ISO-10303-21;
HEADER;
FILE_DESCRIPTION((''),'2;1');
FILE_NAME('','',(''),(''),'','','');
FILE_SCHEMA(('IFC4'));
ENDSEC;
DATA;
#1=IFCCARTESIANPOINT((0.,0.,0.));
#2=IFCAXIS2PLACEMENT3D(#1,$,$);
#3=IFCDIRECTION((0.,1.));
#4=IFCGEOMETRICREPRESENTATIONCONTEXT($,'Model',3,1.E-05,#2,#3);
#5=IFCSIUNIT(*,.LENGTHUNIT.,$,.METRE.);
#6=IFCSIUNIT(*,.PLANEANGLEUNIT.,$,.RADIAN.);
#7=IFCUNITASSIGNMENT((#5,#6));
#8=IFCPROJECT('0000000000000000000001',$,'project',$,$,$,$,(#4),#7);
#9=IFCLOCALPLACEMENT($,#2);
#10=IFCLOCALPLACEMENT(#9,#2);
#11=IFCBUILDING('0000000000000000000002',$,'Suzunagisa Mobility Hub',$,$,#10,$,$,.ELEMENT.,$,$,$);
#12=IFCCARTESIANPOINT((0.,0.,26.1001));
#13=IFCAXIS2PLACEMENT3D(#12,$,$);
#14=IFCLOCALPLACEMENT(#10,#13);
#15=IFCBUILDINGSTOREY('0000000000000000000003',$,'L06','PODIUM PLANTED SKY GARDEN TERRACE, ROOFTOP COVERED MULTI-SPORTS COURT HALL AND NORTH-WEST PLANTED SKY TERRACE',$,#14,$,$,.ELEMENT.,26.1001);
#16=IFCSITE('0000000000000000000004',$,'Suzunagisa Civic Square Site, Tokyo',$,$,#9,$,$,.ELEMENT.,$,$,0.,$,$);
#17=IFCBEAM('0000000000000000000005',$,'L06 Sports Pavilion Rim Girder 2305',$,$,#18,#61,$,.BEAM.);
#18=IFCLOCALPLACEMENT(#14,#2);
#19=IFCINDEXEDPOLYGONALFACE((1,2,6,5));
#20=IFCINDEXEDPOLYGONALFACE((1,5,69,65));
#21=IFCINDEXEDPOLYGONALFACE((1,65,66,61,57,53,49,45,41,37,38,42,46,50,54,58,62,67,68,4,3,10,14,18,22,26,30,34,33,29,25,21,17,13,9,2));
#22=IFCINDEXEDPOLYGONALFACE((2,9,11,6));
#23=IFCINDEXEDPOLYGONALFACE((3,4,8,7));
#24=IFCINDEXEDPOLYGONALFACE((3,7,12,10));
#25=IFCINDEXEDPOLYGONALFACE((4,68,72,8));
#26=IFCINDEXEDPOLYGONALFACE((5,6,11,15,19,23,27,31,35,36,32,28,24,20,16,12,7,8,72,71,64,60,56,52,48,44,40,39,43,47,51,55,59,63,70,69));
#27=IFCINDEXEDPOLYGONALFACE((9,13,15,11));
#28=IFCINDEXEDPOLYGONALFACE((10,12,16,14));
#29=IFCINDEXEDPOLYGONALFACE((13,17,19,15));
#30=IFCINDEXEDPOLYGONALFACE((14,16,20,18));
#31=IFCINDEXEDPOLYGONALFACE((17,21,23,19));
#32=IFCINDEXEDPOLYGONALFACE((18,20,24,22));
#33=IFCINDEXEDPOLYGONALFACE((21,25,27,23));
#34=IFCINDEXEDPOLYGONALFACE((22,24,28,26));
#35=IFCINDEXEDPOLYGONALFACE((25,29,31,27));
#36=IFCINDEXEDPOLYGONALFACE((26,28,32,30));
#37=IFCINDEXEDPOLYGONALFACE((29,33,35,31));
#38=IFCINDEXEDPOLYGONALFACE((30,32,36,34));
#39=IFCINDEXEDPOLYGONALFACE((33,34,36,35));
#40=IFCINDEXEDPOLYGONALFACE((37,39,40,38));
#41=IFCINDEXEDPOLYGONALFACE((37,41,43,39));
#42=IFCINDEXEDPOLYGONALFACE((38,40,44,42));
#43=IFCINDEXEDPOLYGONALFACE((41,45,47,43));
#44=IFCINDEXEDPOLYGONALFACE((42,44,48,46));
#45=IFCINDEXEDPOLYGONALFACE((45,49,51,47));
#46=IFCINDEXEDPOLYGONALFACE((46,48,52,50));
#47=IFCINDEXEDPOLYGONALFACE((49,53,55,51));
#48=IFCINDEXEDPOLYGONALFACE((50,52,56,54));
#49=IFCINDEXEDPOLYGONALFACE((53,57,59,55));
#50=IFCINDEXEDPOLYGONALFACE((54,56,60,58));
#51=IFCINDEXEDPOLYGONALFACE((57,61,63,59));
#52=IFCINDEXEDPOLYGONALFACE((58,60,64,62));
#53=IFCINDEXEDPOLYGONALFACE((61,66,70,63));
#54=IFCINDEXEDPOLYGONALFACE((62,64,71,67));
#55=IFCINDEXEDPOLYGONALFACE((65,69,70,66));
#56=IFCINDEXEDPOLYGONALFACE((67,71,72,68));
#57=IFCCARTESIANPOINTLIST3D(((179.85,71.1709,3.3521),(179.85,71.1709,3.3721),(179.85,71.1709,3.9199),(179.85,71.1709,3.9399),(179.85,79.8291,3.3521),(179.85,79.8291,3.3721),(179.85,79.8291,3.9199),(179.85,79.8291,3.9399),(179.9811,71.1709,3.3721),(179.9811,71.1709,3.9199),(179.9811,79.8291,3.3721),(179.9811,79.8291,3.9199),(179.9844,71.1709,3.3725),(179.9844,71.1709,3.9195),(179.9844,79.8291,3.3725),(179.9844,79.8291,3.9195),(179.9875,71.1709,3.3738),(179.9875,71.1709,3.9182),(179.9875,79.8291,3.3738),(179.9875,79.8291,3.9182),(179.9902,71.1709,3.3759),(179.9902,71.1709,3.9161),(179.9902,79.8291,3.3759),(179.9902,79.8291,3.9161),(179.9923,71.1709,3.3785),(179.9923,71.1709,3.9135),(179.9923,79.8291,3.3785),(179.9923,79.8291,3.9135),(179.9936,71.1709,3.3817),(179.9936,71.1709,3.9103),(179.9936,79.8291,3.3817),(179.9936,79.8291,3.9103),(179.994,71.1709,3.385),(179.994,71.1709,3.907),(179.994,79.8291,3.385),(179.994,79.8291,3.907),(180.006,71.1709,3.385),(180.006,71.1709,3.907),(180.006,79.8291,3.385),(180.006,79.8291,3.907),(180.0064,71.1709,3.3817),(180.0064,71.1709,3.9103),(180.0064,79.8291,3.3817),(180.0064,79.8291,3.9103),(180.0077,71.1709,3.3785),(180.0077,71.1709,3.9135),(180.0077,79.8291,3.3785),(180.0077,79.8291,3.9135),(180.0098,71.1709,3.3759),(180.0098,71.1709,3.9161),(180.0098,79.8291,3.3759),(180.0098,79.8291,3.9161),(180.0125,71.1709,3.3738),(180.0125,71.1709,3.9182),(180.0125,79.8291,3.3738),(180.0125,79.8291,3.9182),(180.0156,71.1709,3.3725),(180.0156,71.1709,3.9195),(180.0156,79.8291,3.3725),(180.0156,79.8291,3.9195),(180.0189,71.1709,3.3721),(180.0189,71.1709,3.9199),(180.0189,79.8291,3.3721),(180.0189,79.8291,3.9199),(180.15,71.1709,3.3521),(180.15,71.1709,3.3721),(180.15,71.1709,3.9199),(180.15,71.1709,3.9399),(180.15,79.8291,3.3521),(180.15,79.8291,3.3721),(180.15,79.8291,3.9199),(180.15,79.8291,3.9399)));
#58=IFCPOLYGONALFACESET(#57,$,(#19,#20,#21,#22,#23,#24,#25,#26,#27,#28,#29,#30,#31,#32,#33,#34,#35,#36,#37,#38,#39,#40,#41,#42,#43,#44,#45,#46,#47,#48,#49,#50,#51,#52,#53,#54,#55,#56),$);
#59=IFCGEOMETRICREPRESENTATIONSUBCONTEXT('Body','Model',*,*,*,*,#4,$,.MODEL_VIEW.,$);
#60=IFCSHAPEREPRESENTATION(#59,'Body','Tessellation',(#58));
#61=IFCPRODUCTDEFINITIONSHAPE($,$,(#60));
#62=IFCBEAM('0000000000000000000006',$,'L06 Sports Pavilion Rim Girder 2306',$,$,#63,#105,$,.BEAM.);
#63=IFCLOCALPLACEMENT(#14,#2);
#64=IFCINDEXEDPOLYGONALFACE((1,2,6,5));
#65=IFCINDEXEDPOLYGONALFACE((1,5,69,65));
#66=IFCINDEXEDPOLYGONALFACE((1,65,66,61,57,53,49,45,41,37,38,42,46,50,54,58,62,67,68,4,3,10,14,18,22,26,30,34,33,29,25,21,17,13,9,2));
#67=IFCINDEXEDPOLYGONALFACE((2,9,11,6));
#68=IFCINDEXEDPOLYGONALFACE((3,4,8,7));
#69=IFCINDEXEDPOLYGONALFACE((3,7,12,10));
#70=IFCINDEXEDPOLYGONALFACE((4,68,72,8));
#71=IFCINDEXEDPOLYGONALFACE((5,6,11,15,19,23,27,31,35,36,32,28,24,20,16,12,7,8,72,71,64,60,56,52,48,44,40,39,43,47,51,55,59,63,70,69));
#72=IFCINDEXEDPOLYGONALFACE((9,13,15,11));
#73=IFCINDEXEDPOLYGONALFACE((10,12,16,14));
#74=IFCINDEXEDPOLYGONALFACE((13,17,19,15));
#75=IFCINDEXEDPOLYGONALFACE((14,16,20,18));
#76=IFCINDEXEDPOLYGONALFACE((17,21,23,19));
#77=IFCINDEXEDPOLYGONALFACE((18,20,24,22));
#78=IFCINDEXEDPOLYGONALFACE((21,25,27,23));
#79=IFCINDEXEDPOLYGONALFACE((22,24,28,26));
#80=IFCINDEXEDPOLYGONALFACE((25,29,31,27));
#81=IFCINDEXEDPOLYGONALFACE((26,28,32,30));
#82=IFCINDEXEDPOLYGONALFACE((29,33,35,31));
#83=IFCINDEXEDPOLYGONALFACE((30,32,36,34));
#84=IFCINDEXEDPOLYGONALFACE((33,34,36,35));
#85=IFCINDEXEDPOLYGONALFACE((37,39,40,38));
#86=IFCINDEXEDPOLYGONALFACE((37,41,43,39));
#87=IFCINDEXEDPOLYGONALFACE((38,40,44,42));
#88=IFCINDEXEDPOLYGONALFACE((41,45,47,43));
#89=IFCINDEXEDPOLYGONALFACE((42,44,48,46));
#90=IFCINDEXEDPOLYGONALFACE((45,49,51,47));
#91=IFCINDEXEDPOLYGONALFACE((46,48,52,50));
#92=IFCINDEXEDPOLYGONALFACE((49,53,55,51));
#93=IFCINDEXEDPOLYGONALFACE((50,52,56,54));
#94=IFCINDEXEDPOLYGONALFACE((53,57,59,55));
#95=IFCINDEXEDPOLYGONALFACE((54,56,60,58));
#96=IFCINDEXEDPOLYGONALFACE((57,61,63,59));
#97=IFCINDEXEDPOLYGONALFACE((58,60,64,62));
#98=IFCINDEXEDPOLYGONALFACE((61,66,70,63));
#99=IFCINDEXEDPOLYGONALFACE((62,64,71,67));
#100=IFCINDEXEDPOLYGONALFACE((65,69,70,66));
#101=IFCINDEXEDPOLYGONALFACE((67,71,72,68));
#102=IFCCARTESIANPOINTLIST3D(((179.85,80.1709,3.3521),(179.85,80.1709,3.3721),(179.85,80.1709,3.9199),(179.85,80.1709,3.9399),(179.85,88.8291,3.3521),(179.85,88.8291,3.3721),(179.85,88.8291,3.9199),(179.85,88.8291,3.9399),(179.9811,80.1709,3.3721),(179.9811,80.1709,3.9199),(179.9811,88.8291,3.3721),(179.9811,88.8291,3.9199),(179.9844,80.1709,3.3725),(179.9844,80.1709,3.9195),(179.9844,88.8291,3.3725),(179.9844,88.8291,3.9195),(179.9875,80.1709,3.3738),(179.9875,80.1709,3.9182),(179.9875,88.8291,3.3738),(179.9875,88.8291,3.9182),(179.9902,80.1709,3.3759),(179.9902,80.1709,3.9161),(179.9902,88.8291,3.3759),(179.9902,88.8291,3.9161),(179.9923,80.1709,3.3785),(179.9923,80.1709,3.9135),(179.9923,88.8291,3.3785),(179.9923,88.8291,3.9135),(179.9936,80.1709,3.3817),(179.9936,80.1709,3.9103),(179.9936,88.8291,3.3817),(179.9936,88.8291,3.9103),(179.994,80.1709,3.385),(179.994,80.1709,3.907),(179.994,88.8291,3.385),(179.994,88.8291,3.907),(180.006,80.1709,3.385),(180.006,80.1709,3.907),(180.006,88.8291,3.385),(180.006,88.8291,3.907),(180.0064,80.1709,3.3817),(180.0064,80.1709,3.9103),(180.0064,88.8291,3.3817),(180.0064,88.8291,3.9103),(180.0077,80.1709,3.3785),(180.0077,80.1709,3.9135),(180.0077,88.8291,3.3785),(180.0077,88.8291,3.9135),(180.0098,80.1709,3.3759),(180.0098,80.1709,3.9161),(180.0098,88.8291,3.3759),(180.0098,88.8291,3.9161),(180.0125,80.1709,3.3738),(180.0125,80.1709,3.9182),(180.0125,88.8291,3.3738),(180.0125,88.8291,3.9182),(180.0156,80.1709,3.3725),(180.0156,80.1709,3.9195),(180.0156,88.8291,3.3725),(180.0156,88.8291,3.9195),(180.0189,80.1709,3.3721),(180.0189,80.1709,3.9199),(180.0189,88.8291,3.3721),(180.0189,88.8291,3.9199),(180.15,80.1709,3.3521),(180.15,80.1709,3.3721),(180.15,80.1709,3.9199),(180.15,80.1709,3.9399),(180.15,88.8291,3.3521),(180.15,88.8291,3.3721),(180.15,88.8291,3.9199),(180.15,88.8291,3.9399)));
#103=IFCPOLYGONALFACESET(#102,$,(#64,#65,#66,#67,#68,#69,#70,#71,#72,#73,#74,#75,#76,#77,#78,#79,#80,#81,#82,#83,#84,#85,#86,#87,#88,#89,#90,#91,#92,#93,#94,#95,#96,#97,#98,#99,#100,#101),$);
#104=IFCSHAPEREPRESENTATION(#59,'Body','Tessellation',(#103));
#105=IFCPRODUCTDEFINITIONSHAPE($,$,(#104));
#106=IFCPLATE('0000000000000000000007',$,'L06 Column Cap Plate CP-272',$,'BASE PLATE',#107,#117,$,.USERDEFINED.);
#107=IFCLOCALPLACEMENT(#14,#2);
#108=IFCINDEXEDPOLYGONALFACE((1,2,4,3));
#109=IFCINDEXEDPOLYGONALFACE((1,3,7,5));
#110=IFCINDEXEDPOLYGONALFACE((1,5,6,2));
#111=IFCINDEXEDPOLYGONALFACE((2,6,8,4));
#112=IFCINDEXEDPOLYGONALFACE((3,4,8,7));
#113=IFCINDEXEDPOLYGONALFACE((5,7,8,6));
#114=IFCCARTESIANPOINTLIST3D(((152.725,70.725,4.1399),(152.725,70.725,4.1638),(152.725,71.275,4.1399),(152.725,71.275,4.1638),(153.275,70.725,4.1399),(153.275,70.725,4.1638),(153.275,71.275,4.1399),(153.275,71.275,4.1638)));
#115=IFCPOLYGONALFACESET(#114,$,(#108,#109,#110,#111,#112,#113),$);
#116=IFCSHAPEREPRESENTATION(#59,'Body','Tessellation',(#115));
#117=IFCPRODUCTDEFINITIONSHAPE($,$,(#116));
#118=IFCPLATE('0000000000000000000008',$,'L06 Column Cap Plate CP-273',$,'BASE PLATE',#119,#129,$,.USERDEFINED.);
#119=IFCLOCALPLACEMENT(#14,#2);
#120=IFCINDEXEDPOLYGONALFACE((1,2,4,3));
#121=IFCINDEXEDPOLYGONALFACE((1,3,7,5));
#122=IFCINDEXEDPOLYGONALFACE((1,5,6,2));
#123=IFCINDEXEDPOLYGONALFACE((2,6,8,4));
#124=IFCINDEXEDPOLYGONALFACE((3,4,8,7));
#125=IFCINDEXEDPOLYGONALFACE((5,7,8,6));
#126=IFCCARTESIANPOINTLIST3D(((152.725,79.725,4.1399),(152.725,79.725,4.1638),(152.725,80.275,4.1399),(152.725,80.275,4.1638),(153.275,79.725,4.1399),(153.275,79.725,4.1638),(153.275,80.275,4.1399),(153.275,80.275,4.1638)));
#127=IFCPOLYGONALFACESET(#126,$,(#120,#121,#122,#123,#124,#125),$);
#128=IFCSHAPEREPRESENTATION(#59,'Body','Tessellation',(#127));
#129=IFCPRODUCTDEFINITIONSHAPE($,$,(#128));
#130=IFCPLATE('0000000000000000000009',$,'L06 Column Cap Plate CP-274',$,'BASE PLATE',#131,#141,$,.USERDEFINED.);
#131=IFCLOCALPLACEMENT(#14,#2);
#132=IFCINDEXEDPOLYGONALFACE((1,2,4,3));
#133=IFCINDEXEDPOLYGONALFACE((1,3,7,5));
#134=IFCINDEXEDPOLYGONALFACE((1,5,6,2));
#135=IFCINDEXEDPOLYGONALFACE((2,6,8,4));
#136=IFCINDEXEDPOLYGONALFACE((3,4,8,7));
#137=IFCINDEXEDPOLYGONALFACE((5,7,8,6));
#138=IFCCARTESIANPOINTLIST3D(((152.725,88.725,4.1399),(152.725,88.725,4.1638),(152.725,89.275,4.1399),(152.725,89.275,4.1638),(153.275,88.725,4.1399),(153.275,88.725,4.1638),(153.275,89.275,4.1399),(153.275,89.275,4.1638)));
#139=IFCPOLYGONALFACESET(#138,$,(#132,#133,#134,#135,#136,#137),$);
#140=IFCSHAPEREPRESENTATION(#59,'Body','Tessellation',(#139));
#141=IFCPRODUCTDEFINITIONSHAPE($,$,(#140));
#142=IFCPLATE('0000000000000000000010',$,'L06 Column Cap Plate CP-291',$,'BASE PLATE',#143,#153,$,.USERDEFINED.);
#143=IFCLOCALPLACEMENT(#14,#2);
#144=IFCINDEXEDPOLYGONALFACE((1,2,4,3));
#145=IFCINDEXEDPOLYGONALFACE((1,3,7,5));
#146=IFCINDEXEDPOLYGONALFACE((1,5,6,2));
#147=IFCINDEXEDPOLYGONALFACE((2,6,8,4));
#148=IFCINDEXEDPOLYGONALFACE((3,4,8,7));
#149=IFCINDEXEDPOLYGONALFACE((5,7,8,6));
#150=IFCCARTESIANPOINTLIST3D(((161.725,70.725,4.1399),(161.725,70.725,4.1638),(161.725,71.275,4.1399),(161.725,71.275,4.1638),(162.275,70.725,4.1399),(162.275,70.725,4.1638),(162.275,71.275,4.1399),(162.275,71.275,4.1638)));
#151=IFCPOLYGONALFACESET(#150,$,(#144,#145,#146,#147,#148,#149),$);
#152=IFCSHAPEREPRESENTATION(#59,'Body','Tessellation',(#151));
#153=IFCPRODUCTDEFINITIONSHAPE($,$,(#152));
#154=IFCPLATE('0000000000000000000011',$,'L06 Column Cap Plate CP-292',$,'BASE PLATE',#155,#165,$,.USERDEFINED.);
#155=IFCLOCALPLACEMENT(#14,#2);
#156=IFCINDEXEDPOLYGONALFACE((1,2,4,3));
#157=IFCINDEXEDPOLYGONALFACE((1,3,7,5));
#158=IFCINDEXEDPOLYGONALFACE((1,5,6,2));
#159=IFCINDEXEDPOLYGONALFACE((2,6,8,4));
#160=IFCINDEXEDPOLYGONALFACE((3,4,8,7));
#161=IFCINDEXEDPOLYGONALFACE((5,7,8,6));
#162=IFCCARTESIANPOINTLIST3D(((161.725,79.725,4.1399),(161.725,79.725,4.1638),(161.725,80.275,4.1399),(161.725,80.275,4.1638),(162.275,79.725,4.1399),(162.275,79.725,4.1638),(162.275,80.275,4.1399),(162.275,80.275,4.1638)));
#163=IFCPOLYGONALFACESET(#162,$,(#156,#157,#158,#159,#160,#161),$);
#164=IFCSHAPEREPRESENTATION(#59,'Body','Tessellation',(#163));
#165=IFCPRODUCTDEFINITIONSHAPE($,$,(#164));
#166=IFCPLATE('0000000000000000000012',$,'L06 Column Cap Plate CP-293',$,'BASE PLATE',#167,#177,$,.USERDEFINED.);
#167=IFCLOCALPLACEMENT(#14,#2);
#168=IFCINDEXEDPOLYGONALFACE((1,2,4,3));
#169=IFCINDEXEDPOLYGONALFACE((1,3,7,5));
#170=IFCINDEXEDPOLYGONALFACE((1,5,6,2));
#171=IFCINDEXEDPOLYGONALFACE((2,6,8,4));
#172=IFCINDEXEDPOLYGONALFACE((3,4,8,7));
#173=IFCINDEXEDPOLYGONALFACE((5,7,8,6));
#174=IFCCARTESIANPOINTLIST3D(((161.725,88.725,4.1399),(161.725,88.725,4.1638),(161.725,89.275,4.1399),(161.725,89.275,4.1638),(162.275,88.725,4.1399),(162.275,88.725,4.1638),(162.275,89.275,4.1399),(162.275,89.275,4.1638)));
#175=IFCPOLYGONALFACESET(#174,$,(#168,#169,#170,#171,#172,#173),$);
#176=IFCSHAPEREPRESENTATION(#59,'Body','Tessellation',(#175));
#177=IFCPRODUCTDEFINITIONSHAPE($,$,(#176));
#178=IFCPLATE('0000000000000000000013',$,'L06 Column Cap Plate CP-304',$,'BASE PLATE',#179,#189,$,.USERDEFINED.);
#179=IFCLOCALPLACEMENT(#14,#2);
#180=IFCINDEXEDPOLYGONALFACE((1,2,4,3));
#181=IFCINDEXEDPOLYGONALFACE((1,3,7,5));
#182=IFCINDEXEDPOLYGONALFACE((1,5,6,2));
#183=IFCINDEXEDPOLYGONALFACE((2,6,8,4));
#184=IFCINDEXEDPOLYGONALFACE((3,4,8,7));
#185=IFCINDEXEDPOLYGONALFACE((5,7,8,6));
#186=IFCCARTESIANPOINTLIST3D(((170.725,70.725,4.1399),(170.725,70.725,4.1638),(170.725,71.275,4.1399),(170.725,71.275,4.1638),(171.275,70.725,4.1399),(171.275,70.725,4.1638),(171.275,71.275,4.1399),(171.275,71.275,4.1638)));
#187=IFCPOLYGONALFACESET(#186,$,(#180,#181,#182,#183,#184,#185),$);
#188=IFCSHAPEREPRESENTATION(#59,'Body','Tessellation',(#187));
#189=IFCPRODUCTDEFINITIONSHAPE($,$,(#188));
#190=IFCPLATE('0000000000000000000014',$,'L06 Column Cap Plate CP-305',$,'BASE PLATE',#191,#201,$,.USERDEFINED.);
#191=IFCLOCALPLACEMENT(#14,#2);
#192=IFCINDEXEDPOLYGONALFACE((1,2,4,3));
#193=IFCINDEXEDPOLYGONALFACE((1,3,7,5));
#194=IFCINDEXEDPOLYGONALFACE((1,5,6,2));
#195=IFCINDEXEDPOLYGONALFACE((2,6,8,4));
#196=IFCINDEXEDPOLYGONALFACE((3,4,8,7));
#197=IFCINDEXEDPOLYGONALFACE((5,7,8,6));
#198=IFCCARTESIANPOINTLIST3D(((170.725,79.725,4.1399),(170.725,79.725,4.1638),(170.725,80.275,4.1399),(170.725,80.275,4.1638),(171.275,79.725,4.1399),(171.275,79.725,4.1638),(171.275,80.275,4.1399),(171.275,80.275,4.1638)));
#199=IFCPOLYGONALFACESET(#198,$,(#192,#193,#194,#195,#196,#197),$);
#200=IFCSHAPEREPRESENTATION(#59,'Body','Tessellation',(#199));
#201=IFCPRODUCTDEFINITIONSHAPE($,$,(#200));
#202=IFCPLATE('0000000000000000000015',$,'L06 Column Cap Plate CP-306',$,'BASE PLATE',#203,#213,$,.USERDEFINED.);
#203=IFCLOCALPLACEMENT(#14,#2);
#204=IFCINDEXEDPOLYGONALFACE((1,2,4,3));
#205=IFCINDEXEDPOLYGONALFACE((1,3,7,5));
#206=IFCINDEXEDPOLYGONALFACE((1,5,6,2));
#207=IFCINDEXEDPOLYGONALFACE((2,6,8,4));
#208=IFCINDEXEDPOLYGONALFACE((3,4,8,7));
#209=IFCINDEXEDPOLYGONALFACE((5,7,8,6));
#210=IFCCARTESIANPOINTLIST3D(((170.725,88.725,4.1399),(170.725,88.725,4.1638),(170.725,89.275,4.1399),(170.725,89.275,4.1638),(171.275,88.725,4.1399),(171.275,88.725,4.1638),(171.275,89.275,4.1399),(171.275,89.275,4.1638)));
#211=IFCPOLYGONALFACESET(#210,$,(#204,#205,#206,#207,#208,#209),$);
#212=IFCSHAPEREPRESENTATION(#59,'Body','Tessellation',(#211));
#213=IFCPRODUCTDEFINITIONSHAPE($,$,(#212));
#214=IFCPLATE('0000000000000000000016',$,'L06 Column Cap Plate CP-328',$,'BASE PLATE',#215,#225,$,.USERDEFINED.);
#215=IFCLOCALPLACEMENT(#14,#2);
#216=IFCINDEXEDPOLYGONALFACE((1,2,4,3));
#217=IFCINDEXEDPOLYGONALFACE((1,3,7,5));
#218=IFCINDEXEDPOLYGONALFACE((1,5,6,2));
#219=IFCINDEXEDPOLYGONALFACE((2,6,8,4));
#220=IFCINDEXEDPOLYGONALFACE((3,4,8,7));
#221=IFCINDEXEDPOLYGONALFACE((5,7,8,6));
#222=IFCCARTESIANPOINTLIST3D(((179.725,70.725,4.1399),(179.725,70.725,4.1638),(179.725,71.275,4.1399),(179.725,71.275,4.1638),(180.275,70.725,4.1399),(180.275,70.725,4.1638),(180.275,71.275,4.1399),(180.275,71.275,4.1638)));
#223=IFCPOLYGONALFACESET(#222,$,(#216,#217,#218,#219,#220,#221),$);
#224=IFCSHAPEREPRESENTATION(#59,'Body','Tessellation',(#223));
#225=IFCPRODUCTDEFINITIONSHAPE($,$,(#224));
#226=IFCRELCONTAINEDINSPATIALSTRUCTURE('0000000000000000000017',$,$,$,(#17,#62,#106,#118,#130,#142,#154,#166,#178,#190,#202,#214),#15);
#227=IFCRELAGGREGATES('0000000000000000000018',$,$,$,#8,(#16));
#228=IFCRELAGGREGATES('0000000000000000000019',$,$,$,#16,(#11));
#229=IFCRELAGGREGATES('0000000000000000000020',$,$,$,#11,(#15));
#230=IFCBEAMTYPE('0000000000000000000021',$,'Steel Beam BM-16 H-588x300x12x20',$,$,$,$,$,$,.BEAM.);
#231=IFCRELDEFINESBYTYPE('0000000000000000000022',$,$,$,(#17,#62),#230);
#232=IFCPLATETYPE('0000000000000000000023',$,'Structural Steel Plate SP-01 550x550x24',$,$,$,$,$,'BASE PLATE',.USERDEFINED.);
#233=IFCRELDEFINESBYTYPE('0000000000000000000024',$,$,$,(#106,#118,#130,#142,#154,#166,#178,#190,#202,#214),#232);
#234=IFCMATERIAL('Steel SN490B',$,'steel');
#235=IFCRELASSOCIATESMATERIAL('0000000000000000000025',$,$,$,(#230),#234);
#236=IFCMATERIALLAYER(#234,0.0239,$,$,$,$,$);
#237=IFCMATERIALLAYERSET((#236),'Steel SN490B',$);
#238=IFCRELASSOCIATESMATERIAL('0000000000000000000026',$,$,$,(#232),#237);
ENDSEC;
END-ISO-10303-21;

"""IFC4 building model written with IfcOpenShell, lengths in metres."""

from ifc_helpers import new_model, si_unit, direction, frame, origin, origin_2d, place, context, subcontext, project, spatial, rectangle, i_section, extrude, material, layer, layer_set, material_profile, profile_set, type_object, element, save


model = new_model("IFC4")

# Units and contexts
model_context = context("Model", 3, precision=1e-05, world=origin(), true_north=direction((0.0, 1.0)))
body_context = subcontext(model_context, "Body", "Model", "MODEL_VIEW")
ifc_project = project(units=[si_unit("LENGTHUNIT", "METRE"), si_unit("PLANEANGLEUNIT", "RADIAN")], contexts=[model_context])

# Site, building, storey
site_placement = place(None, origin())
site = spatial("IfcSite", under=ifc_project, at=site_placement, Name="Suzunagisa Civic Square Site, Tokyo", CompositionType="ELEMENT", RefElevation=0.0)
building_placement = place(site_placement, origin())
building = spatial("IfcBuilding", under=site, at=building_placement, Name="Suzunagisa Mobility Hub", CompositionType="ELEMENT")
storey_placement = place(building_placement, frame((0.0, 0.0, 26.1001)))
storey = spatial("IfcBuildingStorey", under=building, at=storey_placement, Name="L06", Description="PODIUM PLANTED SKY GARDEN TERRACE, ROOFTOP COVERED MULTI-SPORTS COURT HALL AND NORTH-WEST PLANTED SKY TERRACE", CompositionType="ELEMENT", Elevation=26.1001)

# Shared definitions
ifc_material_1 = material(Name="Steel SN490B", Category="steel")

# Beams
ifc_material_profile_1 = material_profile(ifc_material_1, i_section(OverallWidth=0.3, OverallDepth=0.5879, WebThickness=0.012, FlangeThickness=0.02, FilletRadius=0.0129, at=origin_2d()), Name="H-588x300x12x20")
ifc_profile_set_1 = profile_set([ifc_material_profile_1], Name="Steel SN490B")
beam_type = type_object("IfcBeamType", Name="Steel Beam BM-16 H-588x300x12x20", PredefinedType="BEAM", material=ifc_profile_set_1)
for number, where, z_axis, x_axis, name in (
    (1, (180.0, 71.1709, 3.646), (0.0, 1.0, 0.0), (-1.0, 0.0, 0.0), "L06 Sports Pavilion Rim Girder 2305"),
    (2, (180.0, 80.1709, 3.646), (0.0, 1.0, 0.0), (-1.0, 0.0, 0.0), "L06 Sports Pavilion Rim Girder 2306"),
):
    element("IfcBeam", number, at=place(storey_placement, frame(where, z_axis=z_axis, x_axis=x_axis)), inside=storey, type_object=beam_type, Name=name, PredefinedType="BEAM", context=body_context, shape_type="SweptSolid", body=[
        extrude(i_section(OverallWidth=0.3, OverallDepth=0.5879, WebThickness=0.012, FlangeThickness=0.02, FilletRadius=0.0129, at=origin_2d()), origin(), (0.0, 0.0, 1.0), 8.6582),
    ])

# Plates
ifc_layer_1 = layer(ifc_material_1, 0.0239)
ifc_layer_set_1 = layer_set([ifc_layer_1], Name="Steel SN490B")
plate_type = type_object("IfcPlateType", Name="Structural Steel Plate SP-01 550x550x24", ElementType="BASE PLATE", PredefinedType="USERDEFINED", material=ifc_layer_set_1)
for number, where, z_axis, x_axis, name in (
    (3, (153.0, 71.0, 4.1399), (0.0, 0.0, 1.0), (1.0, 0.0, 0.0), "L06 Column Cap Plate CP-272"),
    (4, (153.0, 80.0, 4.1399), (0.0, 0.0, 1.0), (1.0, 0.0, 0.0), "L06 Column Cap Plate CP-273"),
    (5, (153.0, 89.0, 4.1399), (0.0, 0.0, 1.0), (1.0, 0.0, 0.0), "L06 Column Cap Plate CP-274"),
    (6, (162.0, 71.0, 4.1399), (0.0, 0.0, 1.0), (1.0, 0.0, 0.0), "L06 Column Cap Plate CP-291"),
    (7, (162.0, 80.0, 4.1399), (0.0, 0.0, 1.0), (1.0, 0.0, 0.0), "L06 Column Cap Plate CP-292"),
    (8, (162.0, 89.0, 4.1399), (0.0, 0.0, 1.0), (1.0, 0.0, 0.0), "L06 Column Cap Plate CP-293"),
    (9, (171.0, 71.0, 4.1399), (0.0, 0.0, 1.0), (1.0, 0.0, 0.0), "L06 Column Cap Plate CP-304"),
    (10, (171.0, 80.0, 4.1399), (0.0, 0.0, 1.0), (1.0, 0.0, 0.0), "L06 Column Cap Plate CP-305"),
    (11, (171.0, 89.0, 4.1399), (0.0, 0.0, 1.0), (1.0, 0.0, 0.0), "L06 Column Cap Plate CP-306"),
    (12, (180.0, 71.0, 4.1399), (0.0, 0.0, 1.0), (1.0, 0.0, 0.0), "L06 Column Cap Plate CP-328"),
):
    element("IfcPlate", number, at=place(storey_placement, frame(where, z_axis=z_axis, x_axis=x_axis)), inside=storey, type_object=plate_type, Name=name, ObjectType="BASE PLATE", PredefinedType="USERDEFINED", context=body_context, shape_type="SweptSolid", body=[
        extrude(rectangle(XDim=0.55, YDim=0.55, at=origin_2d()), origin(), (0.0, 0.0, 1.0), 0.0239),
    ])

save(model, "model.ifc")
